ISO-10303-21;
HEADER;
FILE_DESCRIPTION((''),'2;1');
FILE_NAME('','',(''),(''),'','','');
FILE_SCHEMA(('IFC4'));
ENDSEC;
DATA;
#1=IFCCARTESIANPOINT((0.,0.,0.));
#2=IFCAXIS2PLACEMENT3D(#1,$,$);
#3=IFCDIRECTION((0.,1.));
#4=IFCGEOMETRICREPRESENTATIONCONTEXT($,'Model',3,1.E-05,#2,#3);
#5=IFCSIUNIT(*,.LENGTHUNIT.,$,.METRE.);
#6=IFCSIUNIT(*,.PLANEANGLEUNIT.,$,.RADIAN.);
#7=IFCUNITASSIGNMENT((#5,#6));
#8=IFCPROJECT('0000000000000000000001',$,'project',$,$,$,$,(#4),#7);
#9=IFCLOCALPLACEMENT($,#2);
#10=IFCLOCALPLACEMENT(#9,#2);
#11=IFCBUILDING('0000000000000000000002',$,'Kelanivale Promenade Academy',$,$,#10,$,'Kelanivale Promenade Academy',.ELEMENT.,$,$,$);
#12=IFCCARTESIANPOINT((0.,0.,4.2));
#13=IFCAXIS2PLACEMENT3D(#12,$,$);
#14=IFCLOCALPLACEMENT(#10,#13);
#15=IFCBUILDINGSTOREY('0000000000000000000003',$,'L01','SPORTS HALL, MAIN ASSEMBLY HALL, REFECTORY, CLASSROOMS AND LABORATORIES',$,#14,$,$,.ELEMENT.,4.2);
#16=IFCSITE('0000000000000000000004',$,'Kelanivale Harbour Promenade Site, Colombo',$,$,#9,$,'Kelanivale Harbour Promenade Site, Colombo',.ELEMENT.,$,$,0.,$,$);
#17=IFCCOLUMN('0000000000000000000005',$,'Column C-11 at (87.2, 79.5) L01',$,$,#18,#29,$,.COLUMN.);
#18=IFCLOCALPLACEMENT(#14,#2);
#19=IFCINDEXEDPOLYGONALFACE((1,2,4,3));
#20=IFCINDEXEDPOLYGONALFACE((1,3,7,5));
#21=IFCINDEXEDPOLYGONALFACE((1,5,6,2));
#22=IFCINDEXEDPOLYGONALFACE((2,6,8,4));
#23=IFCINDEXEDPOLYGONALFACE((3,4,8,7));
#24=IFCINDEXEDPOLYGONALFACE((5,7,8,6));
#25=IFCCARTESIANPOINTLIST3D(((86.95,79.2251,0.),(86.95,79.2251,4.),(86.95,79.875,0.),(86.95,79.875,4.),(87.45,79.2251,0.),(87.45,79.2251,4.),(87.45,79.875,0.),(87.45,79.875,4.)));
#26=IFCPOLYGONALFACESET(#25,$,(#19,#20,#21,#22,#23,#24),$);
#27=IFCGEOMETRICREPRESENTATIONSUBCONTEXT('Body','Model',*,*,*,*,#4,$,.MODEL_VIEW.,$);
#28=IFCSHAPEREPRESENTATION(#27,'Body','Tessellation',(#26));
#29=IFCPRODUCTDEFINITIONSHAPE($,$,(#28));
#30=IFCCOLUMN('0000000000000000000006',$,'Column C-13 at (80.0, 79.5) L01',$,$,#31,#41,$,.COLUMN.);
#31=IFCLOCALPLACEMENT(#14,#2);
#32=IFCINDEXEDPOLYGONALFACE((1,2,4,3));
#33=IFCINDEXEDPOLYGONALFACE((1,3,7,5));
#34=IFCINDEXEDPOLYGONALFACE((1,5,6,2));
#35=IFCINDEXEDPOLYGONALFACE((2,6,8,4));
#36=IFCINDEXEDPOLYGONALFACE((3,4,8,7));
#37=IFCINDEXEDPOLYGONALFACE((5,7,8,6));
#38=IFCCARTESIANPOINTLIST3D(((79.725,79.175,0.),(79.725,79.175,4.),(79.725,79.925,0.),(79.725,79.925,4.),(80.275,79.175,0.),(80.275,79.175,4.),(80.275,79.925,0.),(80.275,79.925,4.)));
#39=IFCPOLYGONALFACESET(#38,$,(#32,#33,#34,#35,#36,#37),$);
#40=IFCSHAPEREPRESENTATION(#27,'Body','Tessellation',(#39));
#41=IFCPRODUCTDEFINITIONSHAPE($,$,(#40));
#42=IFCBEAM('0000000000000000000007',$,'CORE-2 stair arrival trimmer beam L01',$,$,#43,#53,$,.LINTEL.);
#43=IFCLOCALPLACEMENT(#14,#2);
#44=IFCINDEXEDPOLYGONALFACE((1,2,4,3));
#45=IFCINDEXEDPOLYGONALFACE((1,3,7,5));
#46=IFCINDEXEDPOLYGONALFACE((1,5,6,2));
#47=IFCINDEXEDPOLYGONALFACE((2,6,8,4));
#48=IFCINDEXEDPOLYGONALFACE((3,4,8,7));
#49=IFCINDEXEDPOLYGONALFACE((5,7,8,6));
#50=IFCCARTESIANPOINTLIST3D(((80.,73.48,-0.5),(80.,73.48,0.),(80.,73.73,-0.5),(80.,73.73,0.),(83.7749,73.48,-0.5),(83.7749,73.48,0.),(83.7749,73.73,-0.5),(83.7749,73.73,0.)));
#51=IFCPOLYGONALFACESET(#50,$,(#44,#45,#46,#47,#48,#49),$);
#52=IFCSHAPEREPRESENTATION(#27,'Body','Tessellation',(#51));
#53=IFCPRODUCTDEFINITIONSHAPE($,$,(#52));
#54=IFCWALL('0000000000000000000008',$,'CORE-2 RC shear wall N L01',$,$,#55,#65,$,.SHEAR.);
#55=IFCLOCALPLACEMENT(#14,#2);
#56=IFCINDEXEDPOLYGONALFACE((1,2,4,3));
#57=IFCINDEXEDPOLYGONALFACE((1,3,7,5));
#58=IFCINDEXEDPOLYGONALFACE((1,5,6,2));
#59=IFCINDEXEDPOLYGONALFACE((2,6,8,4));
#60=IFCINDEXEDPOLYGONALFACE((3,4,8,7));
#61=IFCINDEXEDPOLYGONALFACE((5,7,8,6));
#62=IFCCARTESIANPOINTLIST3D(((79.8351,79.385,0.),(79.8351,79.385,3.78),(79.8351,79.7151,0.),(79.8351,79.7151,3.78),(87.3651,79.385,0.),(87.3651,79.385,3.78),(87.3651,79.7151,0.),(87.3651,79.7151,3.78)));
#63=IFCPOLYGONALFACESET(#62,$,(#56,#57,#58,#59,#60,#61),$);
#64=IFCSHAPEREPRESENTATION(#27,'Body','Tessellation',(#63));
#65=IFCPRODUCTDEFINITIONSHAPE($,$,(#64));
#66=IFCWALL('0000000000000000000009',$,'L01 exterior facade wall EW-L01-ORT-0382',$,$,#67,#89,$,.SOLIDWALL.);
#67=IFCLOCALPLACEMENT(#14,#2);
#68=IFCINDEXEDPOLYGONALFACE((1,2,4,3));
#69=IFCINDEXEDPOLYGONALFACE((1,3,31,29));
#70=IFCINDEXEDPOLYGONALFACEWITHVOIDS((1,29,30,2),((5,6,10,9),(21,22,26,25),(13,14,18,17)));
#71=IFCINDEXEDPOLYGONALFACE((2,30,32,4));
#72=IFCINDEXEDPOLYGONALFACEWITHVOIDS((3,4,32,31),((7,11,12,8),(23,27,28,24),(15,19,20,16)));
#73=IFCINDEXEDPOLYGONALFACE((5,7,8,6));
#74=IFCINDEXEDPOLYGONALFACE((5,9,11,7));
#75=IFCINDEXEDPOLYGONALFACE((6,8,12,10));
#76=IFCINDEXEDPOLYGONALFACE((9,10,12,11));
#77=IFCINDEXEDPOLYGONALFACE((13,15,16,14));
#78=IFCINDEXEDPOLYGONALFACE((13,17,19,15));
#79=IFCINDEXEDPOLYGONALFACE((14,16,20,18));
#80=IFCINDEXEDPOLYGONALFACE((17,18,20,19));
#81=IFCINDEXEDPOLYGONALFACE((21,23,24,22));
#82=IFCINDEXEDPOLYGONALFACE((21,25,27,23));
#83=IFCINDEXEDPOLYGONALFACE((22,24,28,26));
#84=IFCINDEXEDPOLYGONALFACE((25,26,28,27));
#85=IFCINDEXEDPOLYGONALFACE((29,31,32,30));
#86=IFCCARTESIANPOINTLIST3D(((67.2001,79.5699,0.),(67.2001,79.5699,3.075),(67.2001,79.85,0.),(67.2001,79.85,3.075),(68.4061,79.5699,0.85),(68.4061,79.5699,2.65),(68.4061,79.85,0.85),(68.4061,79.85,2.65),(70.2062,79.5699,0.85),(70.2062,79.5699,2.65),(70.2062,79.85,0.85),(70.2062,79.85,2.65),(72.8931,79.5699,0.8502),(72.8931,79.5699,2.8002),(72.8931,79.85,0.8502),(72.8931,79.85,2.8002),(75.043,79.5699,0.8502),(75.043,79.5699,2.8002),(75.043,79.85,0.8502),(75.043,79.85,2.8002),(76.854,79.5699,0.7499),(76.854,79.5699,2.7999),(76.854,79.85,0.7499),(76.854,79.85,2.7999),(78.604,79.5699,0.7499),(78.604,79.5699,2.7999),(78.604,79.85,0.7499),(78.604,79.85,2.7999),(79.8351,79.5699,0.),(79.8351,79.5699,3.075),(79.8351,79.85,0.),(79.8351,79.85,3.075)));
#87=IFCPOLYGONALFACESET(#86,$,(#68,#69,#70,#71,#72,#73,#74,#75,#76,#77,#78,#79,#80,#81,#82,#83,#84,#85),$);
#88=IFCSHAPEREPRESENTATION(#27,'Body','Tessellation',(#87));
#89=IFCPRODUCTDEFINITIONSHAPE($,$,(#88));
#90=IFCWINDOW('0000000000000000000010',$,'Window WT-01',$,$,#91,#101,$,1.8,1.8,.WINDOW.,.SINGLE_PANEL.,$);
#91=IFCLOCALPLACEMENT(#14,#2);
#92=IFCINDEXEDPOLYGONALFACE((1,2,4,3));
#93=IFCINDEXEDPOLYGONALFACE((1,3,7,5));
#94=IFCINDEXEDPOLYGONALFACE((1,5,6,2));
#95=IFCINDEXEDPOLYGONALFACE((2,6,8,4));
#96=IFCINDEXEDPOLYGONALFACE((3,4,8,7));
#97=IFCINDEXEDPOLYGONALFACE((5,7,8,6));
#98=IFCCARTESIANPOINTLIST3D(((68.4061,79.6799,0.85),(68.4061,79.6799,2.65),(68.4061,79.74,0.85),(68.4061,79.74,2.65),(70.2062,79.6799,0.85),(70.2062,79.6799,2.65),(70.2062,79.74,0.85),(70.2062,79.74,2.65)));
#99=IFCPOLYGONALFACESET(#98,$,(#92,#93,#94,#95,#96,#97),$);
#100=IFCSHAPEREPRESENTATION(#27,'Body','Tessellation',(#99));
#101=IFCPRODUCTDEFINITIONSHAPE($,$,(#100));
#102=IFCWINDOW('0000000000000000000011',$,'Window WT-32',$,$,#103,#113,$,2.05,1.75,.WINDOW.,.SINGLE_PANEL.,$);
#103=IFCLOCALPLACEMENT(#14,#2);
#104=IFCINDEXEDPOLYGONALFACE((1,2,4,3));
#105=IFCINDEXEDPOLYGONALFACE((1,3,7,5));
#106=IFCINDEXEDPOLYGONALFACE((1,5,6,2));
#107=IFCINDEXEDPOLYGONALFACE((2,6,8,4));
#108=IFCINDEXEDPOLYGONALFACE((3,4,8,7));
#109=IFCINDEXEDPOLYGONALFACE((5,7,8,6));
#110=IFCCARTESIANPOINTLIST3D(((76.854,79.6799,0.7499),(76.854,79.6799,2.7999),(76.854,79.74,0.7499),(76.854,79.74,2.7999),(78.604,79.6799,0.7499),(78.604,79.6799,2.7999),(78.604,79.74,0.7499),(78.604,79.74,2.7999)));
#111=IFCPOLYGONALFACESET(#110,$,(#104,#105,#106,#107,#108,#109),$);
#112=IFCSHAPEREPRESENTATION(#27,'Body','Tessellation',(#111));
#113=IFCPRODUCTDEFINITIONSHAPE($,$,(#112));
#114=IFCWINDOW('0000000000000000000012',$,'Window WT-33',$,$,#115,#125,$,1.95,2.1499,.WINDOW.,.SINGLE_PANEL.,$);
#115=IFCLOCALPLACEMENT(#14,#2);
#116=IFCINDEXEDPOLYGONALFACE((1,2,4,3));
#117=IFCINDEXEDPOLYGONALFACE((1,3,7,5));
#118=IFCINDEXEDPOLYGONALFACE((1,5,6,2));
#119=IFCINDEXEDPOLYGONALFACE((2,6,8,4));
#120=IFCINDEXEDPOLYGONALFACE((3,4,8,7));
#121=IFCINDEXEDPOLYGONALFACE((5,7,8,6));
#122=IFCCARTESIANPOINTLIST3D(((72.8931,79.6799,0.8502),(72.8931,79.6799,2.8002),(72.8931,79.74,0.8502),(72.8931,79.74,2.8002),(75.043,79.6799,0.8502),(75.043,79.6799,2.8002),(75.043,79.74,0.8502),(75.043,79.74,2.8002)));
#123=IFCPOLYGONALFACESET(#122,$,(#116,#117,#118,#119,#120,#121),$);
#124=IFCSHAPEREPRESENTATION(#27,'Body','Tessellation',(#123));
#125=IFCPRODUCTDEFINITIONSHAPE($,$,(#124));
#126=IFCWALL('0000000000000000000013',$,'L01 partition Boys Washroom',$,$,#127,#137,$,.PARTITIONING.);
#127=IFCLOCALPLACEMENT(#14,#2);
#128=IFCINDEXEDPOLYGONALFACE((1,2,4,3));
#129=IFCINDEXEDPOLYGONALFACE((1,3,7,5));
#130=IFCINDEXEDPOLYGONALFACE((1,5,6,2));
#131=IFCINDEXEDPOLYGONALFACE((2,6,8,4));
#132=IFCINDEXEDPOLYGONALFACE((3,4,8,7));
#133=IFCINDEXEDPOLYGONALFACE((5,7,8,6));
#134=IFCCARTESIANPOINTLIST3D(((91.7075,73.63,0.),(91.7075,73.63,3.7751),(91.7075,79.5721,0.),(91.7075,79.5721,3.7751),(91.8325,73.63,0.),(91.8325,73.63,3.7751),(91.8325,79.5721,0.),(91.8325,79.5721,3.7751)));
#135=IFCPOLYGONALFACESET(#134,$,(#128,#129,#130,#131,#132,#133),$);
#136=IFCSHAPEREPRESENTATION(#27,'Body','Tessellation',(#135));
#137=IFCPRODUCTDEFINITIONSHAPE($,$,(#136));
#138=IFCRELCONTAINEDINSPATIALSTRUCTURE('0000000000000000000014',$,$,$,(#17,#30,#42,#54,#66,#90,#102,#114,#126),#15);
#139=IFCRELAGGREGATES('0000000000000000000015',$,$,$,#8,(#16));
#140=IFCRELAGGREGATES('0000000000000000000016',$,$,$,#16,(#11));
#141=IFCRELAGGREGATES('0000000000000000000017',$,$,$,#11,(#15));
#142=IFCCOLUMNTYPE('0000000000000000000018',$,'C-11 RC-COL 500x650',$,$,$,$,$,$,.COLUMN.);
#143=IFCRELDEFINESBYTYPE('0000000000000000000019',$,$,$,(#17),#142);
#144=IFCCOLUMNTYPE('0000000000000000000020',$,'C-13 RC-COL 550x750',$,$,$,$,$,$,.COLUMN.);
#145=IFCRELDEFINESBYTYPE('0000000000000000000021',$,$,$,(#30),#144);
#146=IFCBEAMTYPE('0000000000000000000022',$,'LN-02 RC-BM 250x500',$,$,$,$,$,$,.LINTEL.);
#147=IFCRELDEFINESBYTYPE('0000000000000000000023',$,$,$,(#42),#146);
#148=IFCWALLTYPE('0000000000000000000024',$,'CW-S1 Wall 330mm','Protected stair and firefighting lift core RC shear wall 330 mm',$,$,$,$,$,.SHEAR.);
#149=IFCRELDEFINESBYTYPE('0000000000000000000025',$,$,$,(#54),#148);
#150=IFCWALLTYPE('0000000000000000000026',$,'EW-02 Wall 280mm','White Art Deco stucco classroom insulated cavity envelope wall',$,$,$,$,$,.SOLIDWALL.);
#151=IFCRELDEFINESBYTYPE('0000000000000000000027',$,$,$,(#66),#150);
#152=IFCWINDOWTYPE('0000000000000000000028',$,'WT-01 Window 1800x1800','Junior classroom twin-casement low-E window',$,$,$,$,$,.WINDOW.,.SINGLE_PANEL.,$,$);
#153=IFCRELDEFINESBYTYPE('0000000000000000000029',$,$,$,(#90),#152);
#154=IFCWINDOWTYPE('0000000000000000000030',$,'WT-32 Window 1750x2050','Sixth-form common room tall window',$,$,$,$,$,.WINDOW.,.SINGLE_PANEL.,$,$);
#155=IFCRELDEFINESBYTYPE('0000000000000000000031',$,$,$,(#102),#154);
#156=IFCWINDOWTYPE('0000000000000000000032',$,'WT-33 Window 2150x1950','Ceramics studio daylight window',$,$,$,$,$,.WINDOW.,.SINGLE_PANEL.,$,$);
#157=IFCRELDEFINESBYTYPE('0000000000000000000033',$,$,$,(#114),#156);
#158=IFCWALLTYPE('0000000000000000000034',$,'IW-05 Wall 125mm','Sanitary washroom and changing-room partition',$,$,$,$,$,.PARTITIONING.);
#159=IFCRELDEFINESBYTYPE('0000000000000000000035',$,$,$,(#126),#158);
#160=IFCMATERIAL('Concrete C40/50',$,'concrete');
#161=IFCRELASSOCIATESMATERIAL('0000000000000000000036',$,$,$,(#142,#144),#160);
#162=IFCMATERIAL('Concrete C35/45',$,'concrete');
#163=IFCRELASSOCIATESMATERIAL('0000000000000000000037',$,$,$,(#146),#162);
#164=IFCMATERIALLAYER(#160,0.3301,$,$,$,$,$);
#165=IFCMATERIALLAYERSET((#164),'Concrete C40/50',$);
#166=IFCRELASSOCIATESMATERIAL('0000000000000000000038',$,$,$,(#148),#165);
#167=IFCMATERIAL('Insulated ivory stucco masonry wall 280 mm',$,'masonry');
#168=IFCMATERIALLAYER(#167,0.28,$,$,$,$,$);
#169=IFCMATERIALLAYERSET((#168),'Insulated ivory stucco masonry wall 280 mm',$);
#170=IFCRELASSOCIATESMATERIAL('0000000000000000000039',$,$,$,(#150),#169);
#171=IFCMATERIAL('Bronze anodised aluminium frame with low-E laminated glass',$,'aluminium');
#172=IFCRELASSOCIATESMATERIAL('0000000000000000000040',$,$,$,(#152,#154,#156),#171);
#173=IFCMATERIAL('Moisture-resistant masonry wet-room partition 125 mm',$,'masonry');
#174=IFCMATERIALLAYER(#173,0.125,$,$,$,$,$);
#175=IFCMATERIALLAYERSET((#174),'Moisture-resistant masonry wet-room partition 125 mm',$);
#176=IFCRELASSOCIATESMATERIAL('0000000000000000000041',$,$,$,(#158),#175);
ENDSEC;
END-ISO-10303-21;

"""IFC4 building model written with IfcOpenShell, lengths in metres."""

from ifc_helpers import new_model, si_unit, direction, frame, frame_2d, origin, origin_2d, place, context, subcontext, project, spatial, rectangle, extrude, material, layer, layer_set, material_profile, profile_set, type_object, element, fill, save


model = new_model("IFC4")

# Units and contexts
model_context = context("Model", 3, precision=1e-05, world=origin(), true_north=direction((0.0, 1.0)))
body_context = subcontext(model_context, "Body", "Model", "MODEL_VIEW")
ifc_project = project(units=[si_unit("LENGTHUNIT", "METRE"), si_unit("PLANEANGLEUNIT", "RADIAN")], contexts=[model_context])

# Site, building, storey
site_placement = place(None, origin())
site = spatial("IfcSite", under=ifc_project, at=site_placement, Name="Kelanivale Harbour Promenade Site, Colombo", LongName="Kelanivale Harbour Promenade Site, Colombo", CompositionType="ELEMENT", RefElevation=0.0)
building_placement = place(site_placement, origin())
building = spatial("IfcBuilding", under=site, at=building_placement, Name="Kelanivale Promenade Academy", LongName="Kelanivale Promenade Academy", CompositionType="ELEMENT")
storey_placement = place(building_placement, frame((0.0, 0.0, 4.2)))
storey = spatial("IfcBuildingStorey", under=building, at=storey_placement, Name="L01", Description="SPORTS HALL, MAIN ASSEMBLY HALL, REFECTORY, CLASSROOMS AND LABORATORIES", CompositionType="ELEMENT", Elevation=4.2)

# Columns
ifc_material_1 = material(Name="Concrete C40/50", Category="concrete")
ifc_material_profile_1 = material_profile(ifc_material_1, rectangle(XDim=0.5, YDim=0.6499, at=origin_2d()), Name="RC-COL 500x650")
ifc_profile_set_1 = profile_set([ifc_material_profile_1], Name="Concrete C40/50")
column_type_1 = type_object("IfcColumnType", Name="C-11 RC-COL 500x650", PredefinedType="COLUMN", material=ifc_profile_set_1)
column_1_placement = place(storey_placement, frame((87.2, 79.55, 0.0), z_axis=(0.0, 0.0, 1.0), x_axis=(1.0, 0.0, 0.0)))
element("IfcColumn", 1, at=column_1_placement, inside=storey, type_object=column_type_1, Name="Column C-11 at (87.2, 79.5) L01", PredefinedType="COLUMN", context=body_context, shape_type="SweptSolid", body=[
    extrude(rectangle(XDim=0.5, YDim=0.6499, at=origin_2d()), origin(), (0.0, 0.0, 1.0), 4.0),
])
ifc_material_profile_2 = material_profile(ifc_material_1, rectangle(XDim=0.55, YDim=0.75, at=origin_2d()), Name="RC-COL 550x750")
ifc_profile_set_2 = profile_set([ifc_material_profile_2], Name="Concrete C40/50")
column_type_2 = type_object("IfcColumnType", Name="C-13 RC-COL 550x750", PredefinedType="COLUMN", material=ifc_profile_set_2)
column_2_placement = place(storey_placement, frame((80.0, 79.55, 0.0), z_axis=(0.0, 0.0, 1.0), x_axis=(1.0, 0.0, 0.0)))
element("IfcColumn", 2, at=column_2_placement, inside=storey, type_object=column_type_2, Name="Column C-13 at (80.0, 79.5) L01", PredefinedType="COLUMN", context=body_context, shape_type="SweptSolid", body=[
    extrude(rectangle(XDim=0.55, YDim=0.75, at=origin_2d()), origin(), (0.0, 0.0, 1.0), 4.0),
])

# Beam
ifc_material_2 = material(Name="Concrete C35/45", Category="concrete")
ifc_material_profile_3 = material_profile(ifc_material_2, rectangle(XDim=0.25, YDim=0.5, at=origin_2d()), Name="RC-BM 250x500")
ifc_profile_set_3 = profile_set([ifc_material_profile_3], Name="Concrete C35/45")
beam_type = type_object("IfcBeamType", Name="LN-02 RC-BM 250x500", PredefinedType="LINTEL", material=ifc_profile_set_3)
beam_placement = place(storey_placement, frame((80.0, 73.605, -0.25), z_axis=(1.0, 0.0, 0.0), x_axis=(0.0, 1.0, 0.0)))
element("IfcBeam", 3, at=beam_placement, inside=storey, type_object=beam_type, Name="CORE-2 stair arrival trimmer beam L01", PredefinedType="LINTEL", context=body_context, shape_type="SweptSolid", body=[
    extrude(rectangle(XDim=0.25, YDim=0.5, at=origin_2d()), origin(), (0.0, 0.0, 1.0), 3.7749),
])

# Wall
ifc_layer_1 = layer(ifc_material_1, 0.3301)
ifc_layer_set_1 = layer_set([ifc_layer_1], Name="Concrete C40/50")
wall_type_1 = type_object("IfcWallType", Name="CW-S1 Wall 330mm", Description="Protected stair and firefighting lift core RC shear wall 330 mm", PredefinedType="SHEAR", material=ifc_layer_set_1)
wall_1_placement = place(storey_placement, frame((79.835, 79.55, 0.0), z_axis=(0.0, 0.0, 1.0), x_axis=(1.0, 0.0, 0.0)))
element("IfcWall", 4, at=wall_1_placement, inside=storey, type_object=wall_type_1, Name="CORE-2 RC shear wall N L01", PredefinedType="SHEAR", context=body_context, shape_type="SweptSolid", body=[
    extrude(rectangle(XDim=7.53, YDim=0.3301, at=frame_2d((3.7651, 0.0))), origin(), (0.0, 0.0, 1.0), 3.78),
])

# Wall, openings, windows
ifc_material_3 = material(Name="Insulated ivory stucco masonry wall 280 mm", Category="masonry")
ifc_layer_2 = layer(ifc_material_3, 0.28)
ifc_layer_set_2 = layer_set([ifc_layer_2], Name="Insulated ivory stucco masonry wall 280 mm")
wall_type_2 = type_object("IfcWallType", Name="EW-02 Wall 280mm", Description="White Art Deco stucco classroom insulated cavity envelope wall", PredefinedType="SOLIDWALL", material=ifc_layer_set_2)
wall_2_placement = place(storey_placement, frame((79.835, 79.71, 0.0), z_axis=(0.0, 0.0, 1.0), x_axis=(-1.0, 0.0, 0.0)))
wall_2 = element("IfcWall", 5, at=wall_2_placement, inside=storey, type_object=wall_type_2, Name="L01 exterior facade wall EW-L01-ORT-0382", PredefinedType="SOLIDWALL", context=body_context, shape_type="SweptSolid", body=[
    extrude(rectangle(XDim=12.635, YDim=0.28, at=frame_2d((6.3174, 0.0))), origin(), (0.0, 0.0, 1.0), 3.075),
])
opening_1_placement = place(wall_2_placement, frame((1.231, 0.0, 0.75)))
opening_1 = element("IfcOpeningElement", 6, at=opening_1_placement, cuts=wall_2, PredefinedType="OPENING", context=body_context, shape_type="SweptSolid", body=[
    extrude(rectangle(XDim=1.75, YDim=2.05, at=frame_2d((0.875, 1.0249))), frame((0.0, 0.1499, 0.0), z_axis=(0.0, -1.0, 0.0), x_axis=(1.0, 0.0, 0.0)), (0.0, 0.0, 1.0), 0.3),
])
opening_2_placement = place(wall_2_placement, frame((4.792, 0.0, 0.8501)))
opening_2 = element("IfcOpeningElement", 7, at=opening_2_placement, cuts=wall_2, PredefinedType="OPENING", context=body_context, shape_type="SweptSolid", body=[
    extrude(rectangle(XDim=2.1499, YDim=1.95, at=frame_2d((1.075, 0.9751))), frame((0.0, 0.1499, 0.0), z_axis=(0.0, -1.0, 0.0), x_axis=(1.0, 0.0, 0.0)), (0.0, 0.0, 1.0), 0.3),
])
opening_3_placement = place(wall_2_placement, frame((9.6289, 0.0, 0.8501)))
opening_3 = element("IfcOpeningElement", 8, at=opening_3_placement, cuts=wall_2, PredefinedType="OPENING", context=body_context, shape_type="SweptSolid", body=[
    extrude(rectangle(XDim=1.8, YDim=1.8, at=frame_2d((0.8999, 0.8999))), frame((0.0, 0.1499, 0.0), z_axis=(0.0, -1.0, 0.0), x_axis=(1.0, 0.0, 0.0)), (0.0, 0.0, 1.0), 0.3),
])
ifc_material_4 = material(Name="Bronze anodised aluminium frame with low-E laminated glass", Category="aluminium")
window_type_1 = type_object("IfcWindowType", Name="WT-01 Window 1800x1800", Description="Junior classroom twin-casement low-E window", PartitioningType="SINGLE_PANEL", PredefinedType="WINDOW", material=ifc_material_4)
window_1_placement = place(opening_3_placement, origin())
window_1 = element("IfcWindow", 9, at=window_1_placement, inside=storey, type_object=window_type_1, Name="Window WT-01", OverallHeight=1.8, OverallWidth=1.8, PartitioningType="SINGLE_PANEL", PredefinedType="WINDOW", context=body_context, shape_type="SweptSolid", body=[
    extrude(rectangle(XDim=1.8, YDim=1.8, at=frame_2d((0.8999, 0.8999))), frame((0.0, 0.03, 0.0), z_axis=(0.0, -1.0, 0.0), x_axis=(1.0, 0.0, 0.0)), (0.0, 0.0, 1.0), 0.0601),
])
fill(opening_3, window_1)
window_type_2 = type_object("IfcWindowType", Name="WT-32 Window 1750x2050", Description="Sixth-form common room tall window", PartitioningType="SINGLE_PANEL", PredefinedType="WINDOW", material=ifc_material_4)
window_2_placement = place(opening_1_placement, origin())
window_2 = element("IfcWindow", 10, at=window_2_placement, inside=storey, type_object=window_type_2, Name="Window WT-32", OverallHeight=2.05, OverallWidth=1.75, PartitioningType="SINGLE_PANEL", PredefinedType="WINDOW", context=body_context, shape_type="SweptSolid", body=[
    extrude(rectangle(XDim=1.75, YDim=2.05, at=frame_2d((0.875, 1.0249))), frame((0.0, 0.03, 0.0), z_axis=(0.0, -1.0, 0.0), x_axis=(1.0, 0.0, 0.0)), (0.0, 0.0, 1.0), 0.0601),
])
fill(opening_1, window_2)
window_type_3 = type_object("IfcWindowType", Name="WT-33 Window 2150x1950", Description="Ceramics studio daylight window", PartitioningType="SINGLE_PANEL", PredefinedType="WINDOW", material=ifc_material_4)
window_3_placement = place(opening_2_placement, origin())
window_3 = element("IfcWindow", 11, at=window_3_placement, inside=storey, type_object=window_type_3, Name="Window WT-33", OverallHeight=1.95, OverallWidth=2.1499, PartitioningType="SINGLE_PANEL", PredefinedType="WINDOW", context=body_context, shape_type="SweptSolid", body=[
    extrude(rectangle(XDim=2.1499, YDim=1.95, at=frame_2d((1.075, 0.9751))), frame((0.0, 0.03, 0.0), z_axis=(0.0, -1.0, 0.0), x_axis=(1.0, 0.0, 0.0)), (0.0, 0.0, 1.0), 0.0601),
])
fill(opening_2, window_3)

# Wall
ifc_material_5 = material(Name="Moisture-resistant masonry wet-room partition 125 mm", Category="masonry")
ifc_layer_3 = layer(ifc_material_5, 0.125)
ifc_layer_set_3 = layer_set([ifc_layer_3], Name="Moisture-resistant masonry wet-room partition 125 mm")
wall_type_3 = type_object("IfcWallType", Name="IW-05 Wall 125mm", Description="Sanitary washroom and changing-room partition", PredefinedType="PARTITIONING", material=ifc_layer_set_3)
wall_3_placement = place(storey_placement, frame((91.77, 73.6299, 0.0), z_axis=(0.0, 0.0, 1.0), x_axis=(0.0, 1.0, 0.0)))
element("IfcWall", 12, at=wall_3_placement, inside=storey, type_object=wall_type_3, Name="L01 partition Boys Washroom", PredefinedType="PARTITIONING", context=body_context, shape_type="SweptSolid", body=[
    extrude(rectangle(XDim=5.9421, YDim=0.125, at=frame_2d((2.9712, 0.0))), origin(), (0.0, 0.0, 1.0), 3.7751),
])

save(model, "model.ifc")
